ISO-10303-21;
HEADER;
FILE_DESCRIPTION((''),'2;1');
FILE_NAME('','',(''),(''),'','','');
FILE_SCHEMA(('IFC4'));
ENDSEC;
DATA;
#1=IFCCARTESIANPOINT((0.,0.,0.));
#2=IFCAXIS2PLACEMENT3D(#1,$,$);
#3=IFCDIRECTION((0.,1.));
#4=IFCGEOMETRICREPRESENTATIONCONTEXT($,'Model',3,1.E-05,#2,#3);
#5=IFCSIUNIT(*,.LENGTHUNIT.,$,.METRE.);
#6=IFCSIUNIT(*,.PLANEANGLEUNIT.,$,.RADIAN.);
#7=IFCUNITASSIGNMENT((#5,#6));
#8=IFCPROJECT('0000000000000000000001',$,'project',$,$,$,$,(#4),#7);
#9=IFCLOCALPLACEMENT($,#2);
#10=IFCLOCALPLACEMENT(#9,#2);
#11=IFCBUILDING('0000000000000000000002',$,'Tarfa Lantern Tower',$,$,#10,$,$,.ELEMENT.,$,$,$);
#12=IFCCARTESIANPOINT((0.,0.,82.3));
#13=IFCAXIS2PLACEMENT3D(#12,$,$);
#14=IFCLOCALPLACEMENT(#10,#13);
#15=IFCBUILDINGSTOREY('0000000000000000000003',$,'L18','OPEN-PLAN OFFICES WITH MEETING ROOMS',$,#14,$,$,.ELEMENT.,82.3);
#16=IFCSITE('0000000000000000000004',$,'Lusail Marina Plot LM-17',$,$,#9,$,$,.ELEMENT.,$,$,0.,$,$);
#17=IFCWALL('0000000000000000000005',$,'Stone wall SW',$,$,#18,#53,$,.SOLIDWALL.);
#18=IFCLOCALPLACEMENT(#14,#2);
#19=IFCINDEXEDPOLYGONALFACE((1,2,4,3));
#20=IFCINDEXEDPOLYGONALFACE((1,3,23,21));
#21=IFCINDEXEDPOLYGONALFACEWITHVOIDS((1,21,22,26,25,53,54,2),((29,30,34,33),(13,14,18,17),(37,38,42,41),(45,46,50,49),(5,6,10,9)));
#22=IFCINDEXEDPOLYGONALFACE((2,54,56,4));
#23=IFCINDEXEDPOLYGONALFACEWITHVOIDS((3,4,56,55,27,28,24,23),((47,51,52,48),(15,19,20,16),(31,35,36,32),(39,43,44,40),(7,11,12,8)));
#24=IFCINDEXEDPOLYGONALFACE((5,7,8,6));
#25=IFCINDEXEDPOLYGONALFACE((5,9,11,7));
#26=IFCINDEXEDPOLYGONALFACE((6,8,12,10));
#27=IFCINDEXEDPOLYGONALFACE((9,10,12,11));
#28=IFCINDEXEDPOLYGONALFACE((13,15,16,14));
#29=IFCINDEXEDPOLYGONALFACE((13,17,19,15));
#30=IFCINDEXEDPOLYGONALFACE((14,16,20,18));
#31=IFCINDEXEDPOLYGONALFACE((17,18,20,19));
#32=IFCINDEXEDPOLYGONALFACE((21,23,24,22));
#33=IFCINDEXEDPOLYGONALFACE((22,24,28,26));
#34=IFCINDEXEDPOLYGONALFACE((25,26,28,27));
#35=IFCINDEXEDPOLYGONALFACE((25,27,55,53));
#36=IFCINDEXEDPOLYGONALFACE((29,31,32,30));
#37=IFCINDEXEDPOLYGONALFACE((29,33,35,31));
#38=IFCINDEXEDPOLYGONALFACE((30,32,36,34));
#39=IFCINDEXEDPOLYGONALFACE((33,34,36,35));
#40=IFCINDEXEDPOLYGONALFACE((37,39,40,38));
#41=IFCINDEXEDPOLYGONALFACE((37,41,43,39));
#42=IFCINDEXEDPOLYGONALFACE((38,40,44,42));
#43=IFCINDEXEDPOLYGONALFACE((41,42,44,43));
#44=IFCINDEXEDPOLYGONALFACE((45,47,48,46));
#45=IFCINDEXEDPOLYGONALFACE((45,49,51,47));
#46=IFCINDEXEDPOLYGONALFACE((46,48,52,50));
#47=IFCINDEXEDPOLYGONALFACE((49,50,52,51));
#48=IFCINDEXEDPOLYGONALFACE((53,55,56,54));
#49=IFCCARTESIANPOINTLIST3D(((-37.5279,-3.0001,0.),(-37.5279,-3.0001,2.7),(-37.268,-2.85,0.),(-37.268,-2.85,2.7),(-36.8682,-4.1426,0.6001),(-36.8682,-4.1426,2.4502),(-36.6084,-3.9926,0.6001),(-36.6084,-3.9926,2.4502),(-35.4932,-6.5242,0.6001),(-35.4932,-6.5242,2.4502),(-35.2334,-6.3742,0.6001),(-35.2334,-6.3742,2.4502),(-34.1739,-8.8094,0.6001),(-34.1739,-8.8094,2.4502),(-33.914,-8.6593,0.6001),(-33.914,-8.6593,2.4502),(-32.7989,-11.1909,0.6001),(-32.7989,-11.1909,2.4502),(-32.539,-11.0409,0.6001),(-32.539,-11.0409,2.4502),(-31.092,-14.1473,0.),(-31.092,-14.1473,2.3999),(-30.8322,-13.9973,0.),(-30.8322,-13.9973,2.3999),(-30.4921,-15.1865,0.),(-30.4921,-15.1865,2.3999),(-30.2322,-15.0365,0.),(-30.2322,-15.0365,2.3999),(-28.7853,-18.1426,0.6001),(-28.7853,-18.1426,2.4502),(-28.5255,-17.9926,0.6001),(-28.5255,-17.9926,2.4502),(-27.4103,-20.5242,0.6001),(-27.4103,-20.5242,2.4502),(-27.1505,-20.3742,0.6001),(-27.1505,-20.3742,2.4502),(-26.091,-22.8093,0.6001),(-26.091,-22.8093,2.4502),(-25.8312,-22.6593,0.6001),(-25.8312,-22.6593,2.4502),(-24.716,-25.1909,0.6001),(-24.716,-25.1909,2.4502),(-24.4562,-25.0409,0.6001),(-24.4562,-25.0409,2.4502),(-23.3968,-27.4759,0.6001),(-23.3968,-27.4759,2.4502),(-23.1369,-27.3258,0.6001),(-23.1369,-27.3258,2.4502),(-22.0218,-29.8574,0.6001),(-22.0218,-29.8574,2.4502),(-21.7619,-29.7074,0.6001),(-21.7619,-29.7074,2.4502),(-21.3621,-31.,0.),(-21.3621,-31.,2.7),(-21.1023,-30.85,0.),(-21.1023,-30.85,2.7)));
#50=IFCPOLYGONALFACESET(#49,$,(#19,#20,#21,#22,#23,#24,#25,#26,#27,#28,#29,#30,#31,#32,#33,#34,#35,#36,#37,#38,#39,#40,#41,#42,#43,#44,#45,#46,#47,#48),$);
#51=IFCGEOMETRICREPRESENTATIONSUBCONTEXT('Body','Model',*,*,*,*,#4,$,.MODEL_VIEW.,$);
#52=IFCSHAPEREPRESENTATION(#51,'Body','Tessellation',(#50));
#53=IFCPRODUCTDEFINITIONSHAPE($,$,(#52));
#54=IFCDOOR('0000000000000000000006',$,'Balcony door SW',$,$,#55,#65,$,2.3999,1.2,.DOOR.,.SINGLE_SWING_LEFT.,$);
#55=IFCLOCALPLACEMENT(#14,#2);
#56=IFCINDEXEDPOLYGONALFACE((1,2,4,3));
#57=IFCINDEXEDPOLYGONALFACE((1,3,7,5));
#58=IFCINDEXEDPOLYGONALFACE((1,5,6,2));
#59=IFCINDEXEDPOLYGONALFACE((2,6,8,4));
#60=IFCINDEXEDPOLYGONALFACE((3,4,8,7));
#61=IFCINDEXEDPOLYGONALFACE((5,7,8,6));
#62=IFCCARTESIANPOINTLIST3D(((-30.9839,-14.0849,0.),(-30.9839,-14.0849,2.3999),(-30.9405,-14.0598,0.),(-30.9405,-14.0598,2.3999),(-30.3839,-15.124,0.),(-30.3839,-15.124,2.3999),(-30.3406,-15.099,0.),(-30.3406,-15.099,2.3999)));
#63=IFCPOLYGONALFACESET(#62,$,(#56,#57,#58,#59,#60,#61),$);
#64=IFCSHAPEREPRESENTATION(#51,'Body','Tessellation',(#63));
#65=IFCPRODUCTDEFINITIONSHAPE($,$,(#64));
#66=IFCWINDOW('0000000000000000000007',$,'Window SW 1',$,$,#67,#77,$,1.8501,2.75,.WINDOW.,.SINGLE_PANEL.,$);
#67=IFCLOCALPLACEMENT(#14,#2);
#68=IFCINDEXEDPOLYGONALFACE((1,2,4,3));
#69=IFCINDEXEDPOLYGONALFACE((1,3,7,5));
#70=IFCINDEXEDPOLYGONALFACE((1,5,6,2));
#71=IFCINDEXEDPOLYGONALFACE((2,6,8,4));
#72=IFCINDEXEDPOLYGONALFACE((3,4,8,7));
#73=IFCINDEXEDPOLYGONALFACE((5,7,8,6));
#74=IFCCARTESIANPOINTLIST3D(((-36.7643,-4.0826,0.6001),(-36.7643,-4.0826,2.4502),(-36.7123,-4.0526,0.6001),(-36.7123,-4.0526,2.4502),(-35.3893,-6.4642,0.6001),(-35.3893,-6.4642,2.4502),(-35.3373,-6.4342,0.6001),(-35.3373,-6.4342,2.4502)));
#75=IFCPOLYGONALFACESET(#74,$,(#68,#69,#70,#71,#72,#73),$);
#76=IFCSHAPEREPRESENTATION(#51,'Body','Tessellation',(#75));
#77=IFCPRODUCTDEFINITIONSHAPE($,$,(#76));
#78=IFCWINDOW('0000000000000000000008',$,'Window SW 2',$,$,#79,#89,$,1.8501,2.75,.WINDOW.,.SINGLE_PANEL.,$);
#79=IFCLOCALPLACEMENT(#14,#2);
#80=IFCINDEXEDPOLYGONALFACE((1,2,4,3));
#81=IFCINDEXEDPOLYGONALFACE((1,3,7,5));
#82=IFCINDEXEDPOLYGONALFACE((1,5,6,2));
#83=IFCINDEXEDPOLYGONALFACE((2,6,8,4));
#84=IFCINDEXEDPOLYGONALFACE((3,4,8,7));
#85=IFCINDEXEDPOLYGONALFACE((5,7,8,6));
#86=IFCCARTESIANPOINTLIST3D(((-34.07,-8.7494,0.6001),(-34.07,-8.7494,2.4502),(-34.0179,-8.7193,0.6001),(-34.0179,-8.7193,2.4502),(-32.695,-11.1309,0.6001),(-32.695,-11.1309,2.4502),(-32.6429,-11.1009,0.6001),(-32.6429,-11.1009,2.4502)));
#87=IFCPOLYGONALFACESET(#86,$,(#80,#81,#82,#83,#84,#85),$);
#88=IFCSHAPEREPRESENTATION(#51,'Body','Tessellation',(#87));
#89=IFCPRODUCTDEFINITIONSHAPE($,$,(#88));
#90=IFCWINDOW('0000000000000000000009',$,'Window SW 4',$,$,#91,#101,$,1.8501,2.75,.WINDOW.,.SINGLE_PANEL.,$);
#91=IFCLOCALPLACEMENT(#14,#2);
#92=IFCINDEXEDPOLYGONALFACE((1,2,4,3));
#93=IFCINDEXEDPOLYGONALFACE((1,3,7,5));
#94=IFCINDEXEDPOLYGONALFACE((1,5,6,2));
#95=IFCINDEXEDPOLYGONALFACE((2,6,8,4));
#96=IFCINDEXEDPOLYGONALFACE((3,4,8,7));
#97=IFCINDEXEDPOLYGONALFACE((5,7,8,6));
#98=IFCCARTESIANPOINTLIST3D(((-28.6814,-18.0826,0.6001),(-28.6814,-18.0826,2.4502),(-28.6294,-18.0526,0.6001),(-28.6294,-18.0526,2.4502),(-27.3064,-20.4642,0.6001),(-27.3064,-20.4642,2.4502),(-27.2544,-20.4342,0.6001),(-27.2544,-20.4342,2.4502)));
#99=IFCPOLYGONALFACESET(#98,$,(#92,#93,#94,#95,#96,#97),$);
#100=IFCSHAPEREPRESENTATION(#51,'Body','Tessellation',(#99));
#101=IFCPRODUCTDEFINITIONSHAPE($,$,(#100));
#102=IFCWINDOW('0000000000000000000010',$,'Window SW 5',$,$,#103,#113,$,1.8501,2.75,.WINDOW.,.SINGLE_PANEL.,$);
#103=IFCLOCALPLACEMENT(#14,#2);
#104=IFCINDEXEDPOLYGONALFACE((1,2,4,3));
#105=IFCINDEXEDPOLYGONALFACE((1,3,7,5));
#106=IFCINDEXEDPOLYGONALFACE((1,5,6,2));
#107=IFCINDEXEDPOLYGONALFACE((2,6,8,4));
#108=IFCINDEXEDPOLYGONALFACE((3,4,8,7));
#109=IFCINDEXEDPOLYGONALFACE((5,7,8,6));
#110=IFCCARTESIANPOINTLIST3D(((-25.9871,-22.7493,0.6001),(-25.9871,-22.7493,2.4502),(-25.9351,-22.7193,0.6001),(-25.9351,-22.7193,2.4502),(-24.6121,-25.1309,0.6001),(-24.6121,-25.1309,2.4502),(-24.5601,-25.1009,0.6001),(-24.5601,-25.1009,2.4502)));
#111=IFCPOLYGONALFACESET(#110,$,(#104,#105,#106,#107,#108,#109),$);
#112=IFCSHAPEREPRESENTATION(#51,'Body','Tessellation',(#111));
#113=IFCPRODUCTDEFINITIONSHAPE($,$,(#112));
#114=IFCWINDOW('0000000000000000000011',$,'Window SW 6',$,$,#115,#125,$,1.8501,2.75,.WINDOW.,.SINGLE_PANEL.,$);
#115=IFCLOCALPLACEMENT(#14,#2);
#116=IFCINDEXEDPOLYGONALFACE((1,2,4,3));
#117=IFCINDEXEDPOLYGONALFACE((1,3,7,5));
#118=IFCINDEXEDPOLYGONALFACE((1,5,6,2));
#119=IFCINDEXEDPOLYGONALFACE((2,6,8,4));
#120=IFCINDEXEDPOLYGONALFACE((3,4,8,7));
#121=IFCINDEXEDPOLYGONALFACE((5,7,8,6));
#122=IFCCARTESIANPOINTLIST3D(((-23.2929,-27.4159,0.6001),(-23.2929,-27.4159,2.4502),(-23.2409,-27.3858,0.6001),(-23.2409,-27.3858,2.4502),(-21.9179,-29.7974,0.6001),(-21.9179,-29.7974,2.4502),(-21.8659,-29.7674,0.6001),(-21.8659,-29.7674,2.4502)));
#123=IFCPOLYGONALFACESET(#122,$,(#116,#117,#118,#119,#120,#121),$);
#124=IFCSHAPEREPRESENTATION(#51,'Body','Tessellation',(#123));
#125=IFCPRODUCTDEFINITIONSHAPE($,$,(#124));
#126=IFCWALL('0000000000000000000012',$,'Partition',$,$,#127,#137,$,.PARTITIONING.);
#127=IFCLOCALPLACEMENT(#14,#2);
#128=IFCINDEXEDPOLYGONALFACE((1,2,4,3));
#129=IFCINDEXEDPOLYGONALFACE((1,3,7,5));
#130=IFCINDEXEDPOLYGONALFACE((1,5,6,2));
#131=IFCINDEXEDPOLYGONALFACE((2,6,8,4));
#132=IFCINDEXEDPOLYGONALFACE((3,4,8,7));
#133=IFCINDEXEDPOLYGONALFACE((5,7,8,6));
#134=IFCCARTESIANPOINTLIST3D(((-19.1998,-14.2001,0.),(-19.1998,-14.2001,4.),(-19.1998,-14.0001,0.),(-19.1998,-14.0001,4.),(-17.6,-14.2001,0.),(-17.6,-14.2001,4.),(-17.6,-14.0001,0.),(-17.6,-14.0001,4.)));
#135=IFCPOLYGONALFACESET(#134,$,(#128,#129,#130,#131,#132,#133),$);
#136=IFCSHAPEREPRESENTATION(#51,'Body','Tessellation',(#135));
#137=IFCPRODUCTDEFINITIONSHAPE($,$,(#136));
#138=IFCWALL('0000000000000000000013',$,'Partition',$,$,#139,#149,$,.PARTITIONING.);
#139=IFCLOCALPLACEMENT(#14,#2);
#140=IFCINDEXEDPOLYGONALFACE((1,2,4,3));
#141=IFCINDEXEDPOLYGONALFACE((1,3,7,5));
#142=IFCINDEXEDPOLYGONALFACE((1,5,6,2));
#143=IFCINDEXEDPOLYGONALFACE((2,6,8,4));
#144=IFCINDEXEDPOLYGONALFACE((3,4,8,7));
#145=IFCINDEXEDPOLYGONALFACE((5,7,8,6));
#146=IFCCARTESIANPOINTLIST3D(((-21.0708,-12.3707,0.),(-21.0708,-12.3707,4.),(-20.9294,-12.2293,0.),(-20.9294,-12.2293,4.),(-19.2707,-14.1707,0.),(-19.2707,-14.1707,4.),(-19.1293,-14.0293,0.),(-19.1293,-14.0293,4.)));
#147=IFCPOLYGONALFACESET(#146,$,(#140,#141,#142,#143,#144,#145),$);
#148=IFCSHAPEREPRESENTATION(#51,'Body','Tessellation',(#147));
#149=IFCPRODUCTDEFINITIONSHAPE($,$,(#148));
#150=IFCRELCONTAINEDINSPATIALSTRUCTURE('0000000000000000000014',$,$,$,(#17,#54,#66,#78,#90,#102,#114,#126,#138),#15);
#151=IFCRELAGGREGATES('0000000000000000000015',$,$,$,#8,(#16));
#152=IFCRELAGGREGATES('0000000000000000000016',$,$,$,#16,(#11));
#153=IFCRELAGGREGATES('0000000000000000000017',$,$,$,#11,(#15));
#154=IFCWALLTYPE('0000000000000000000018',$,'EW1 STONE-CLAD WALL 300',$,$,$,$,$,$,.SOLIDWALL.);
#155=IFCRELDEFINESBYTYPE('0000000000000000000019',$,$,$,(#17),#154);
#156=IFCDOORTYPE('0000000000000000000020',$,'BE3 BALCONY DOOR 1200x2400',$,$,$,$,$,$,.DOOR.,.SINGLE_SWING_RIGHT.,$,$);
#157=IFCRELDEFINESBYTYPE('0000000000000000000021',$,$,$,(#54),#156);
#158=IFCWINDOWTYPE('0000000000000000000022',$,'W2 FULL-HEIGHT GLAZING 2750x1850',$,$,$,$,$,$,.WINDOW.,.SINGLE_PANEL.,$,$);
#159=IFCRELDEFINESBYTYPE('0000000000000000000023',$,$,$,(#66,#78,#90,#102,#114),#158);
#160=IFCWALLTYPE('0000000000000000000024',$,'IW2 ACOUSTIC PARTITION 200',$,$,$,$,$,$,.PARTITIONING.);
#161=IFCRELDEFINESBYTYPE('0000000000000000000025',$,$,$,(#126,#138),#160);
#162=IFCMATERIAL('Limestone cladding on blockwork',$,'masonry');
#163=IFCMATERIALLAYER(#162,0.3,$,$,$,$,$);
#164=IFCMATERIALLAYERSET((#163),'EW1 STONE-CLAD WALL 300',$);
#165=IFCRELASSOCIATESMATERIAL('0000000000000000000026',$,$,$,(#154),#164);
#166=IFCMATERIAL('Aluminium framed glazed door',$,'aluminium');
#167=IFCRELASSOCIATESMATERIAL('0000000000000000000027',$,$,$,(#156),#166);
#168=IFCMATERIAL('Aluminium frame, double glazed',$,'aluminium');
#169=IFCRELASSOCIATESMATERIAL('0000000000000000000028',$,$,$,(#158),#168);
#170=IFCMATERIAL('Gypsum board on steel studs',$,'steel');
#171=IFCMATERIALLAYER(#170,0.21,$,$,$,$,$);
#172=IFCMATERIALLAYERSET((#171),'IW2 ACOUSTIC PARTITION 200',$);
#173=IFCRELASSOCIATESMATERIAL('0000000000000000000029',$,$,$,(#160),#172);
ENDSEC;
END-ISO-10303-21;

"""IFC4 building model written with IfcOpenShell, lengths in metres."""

from ifc_helpers import new_model, si_unit, direction, frame, frame_2d, origin, place, context, subcontext, project, spatial, rectangle, extrude, material, layer, layer_set, type_object, element, fill, save


model = new_model("IFC4")

# Units and contexts
model_context = context("Model", 3, precision=1e-05, world=origin(), true_north=direction((0.0, 1.0)))
body_context = subcontext(model_context, "Body", "Model", "MODEL_VIEW")
ifc_project = project(units=[si_unit("LENGTHUNIT", "METRE"), si_unit("PLANEANGLEUNIT", "RADIAN")], contexts=[model_context])

# Site, building, storey
site_placement = place(None, origin())
site = spatial("IfcSite", under=ifc_project, at=site_placement, Name="Lusail Marina Plot LM-17", CompositionType="ELEMENT", RefElevation=0.0)
building_placement = place(site_placement, origin())
building = spatial("IfcBuilding", under=site, at=building_placement, Name="Tarfa Lantern Tower", CompositionType="ELEMENT")
storey_placement = place(building_placement, frame((0.0, 0.0, 82.3)))
storey = spatial("IfcBuildingStorey", under=building, at=storey_placement, Name="L18", Description="OPEN-PLAN OFFICES WITH MEETING ROOMS", CompositionType="ELEMENT", Elevation=82.3)

# Wall, openings, door, windows
ifc_material_1 = material(Name="Limestone cladding on blockwork", Category="masonry")
ifc_layer_1 = layer(ifc_material_1, 0.3)
ifc_layer_set_1 = layer_set([ifc_layer_1], Name="EW1 STONE-CLAD WALL 300")
wall_type_1 = type_object("IfcWallType", Name="EW1 STONE-CLAD WALL 300", PredefinedType="SOLIDWALL", material=ifc_layer_set_1)
wall_1_placement = place(storey_placement, frame((-37.3979, -2.925, 0.0), z_axis=(0.0, 0.0, 1.0), x_axis=(0.499999, -0.866026, 0.0)))
wall_1 = element("IfcWall", 1, at=wall_1_placement, inside=storey, type_object=wall_type_1, Name="Stone wall SW", PredefinedType="SOLIDWALL", context=body_context, shape_type="SweptSolid", body=[
    extrude(rectangle(XDim=32.3315, YDim=0.3, at=frame_2d((16.1658, 0.0))), origin(), (0.0, 0.0, 1.0), 2.7),
])
opening_1_placement = place(wall_1_placement, frame((1.3193, 0.0, 0.6001)))
opening_1 = element("IfcOpeningElement", 2, at=opening_1_placement, cuts=wall_1, PredefinedType="OPENING", context=body_context, shape_type="SweptSolid", body=[
    extrude(rectangle(XDim=2.75, YDim=1.8501, at=frame_2d((1.375, 0.925))), frame((0.0, 0.1599, 0.0), z_axis=(0.0, -1.0, 0.0), x_axis=(1.0, 0.0, 0.0)), (0.0, 0.0, 1.0), 0.3201),
])
opening_2_placement = place(wall_1_placement, frame((6.708, 0.0, 0.6001)))
opening_2 = element("IfcOpeningElement", 3, at=opening_2_placement, cuts=wall_1, PredefinedType="OPENING", context=body_context, shape_type="SweptSolid", body=[
    extrude(rectangle(XDim=2.75, YDim=1.8501, at=frame_2d((1.375, 0.925))), frame((0.0, 0.1599, 0.0), z_axis=(0.0, -1.0, 0.0), x_axis=(1.0, 0.0, 0.0)), (0.0, 0.0, 1.0), 0.3201),
])
opening_3_placement = place(wall_1_placement, frame((12.8716, 0.0, 0.0)))
opening_3 = element("IfcOpeningElement", 4, at=opening_3_placement, cuts=wall_1, PredefinedType="OPENING", context=body_context, shape_type="SweptSolid", body=[
    extrude(rectangle(XDim=1.2, YDim=2.3999, at=frame_2d((0.6001, 1.2))), frame((0.0, 0.1599, 0.0), z_axis=(0.0, -1.0, 0.0), x_axis=(1.0, 0.0, 0.0)), (0.0, 0.0, 1.0), 0.3201),
])
opening_4_placement = place(wall_1_placement, frame((17.4851, 0.0, 0.6001)))
opening_4 = element("IfcOpeningElement", 5, at=opening_4_placement, cuts=wall_1, PredefinedType="OPENING", context=body_context, shape_type="SweptSolid", body=[
    extrude(rectangle(XDim=2.75, YDim=1.8501, at=frame_2d((1.375, 0.925))), frame((0.0, 0.1599, 0.0), z_axis=(0.0, -1.0, 0.0), x_axis=(1.0, 0.0, 0.0)), (0.0, 0.0, 1.0), 0.3201),
])
opening_5_placement = place(wall_1_placement, frame((22.8738, 0.0, 0.6001)))
opening_5 = element("IfcOpeningElement", 6, at=opening_5_placement, cuts=wall_1, PredefinedType="OPENING", context=body_context, shape_type="SweptSolid", body=[
    extrude(rectangle(XDim=2.75, YDim=1.8501, at=frame_2d((1.375, 0.925))), frame((0.0, 0.1599, 0.0), z_axis=(0.0, -1.0, 0.0), x_axis=(1.0, 0.0, 0.0)), (0.0, 0.0, 1.0), 0.3201),
])
opening_6_placement = place(wall_1_placement, frame((28.2622, 0.0, 0.6001)))
opening_6 = element("IfcOpeningElement", 7, at=opening_6_placement, cuts=wall_1, PredefinedType="OPENING", context=body_context, shape_type="SweptSolid", body=[
    extrude(rectangle(XDim=2.75, YDim=1.8501, at=frame_2d((1.375, 0.925))), frame((0.0, 0.1599, 0.0), z_axis=(0.0, -1.0, 0.0), x_axis=(1.0, 0.0, 0.0)), (0.0, 0.0, 1.0), 0.3201),
])
ifc_material_2 = material(Name="Aluminium framed glazed door", Category="aluminium")
door_type_1 = type_object("IfcDoorType", Name="BE3 BALCONY DOOR 1200x2400", OperationType="SINGLE_SWING_RIGHT", PredefinedType="DOOR", material=ifc_material_2)
door_1_placement = place(opening_3_placement, origin())
door_1 = element("IfcDoor", 8, at=door_1_placement, inside=storey, type_object=door_type_1, Name="Balcony door SW", OperationType="SINGLE_SWING_LEFT", OverallHeight=2.3999, OverallWidth=1.2, PredefinedType="DOOR", context=body_context, shape_type="SweptSolid", body=[
    extrude(rectangle(XDim=1.2, YDim=2.3999, at=frame_2d((0.6001, 1.2))), frame((0.0, 0.0249, 0.0), z_axis=(0.0, -1.0, 0.0), x_axis=(1.0, 0.0, 0.0)), (0.0, 0.0, 1.0), 0.05),
])
fill(opening_3, door_1)
ifc_material_3 = material(Name="Aluminium frame, double glazed", Category="aluminium")
window_type = type_object("IfcWindowType", Name="W2 FULL-HEIGHT GLAZING 2750x1850", PartitioningType="SINGLE_PANEL", PredefinedType="WINDOW", material=ifc_material_3)
window_1_placement = place(opening_1_placement, origin())
window_1 = element("IfcWindow", 9, at=window_1_placement, inside=storey, type_object=window_type, Name="Window SW 1", OverallHeight=1.8501, OverallWidth=2.75, PartitioningType="SINGLE_PANEL", PredefinedType="WINDOW", context=body_context, shape_type="SweptSolid", body=[
    extrude(rectangle(XDim=2.75, YDim=1.8501, at=frame_2d((1.375, 0.925))), frame((0.0, 0.03, 0.0), z_axis=(0.0, -1.0, 0.0), x_axis=(1.0, 0.0, 0.0)), (0.0, 0.0, 1.0), 0.0601),
])
fill(opening_1, window_1)
window_2_placement = place(opening_2_placement, origin())
window_2 = element("IfcWindow", 10, at=window_2_placement, inside=storey, type_object=window_type, Name="Window SW 2", OverallHeight=1.8501, OverallWidth=2.75, PartitioningType="SINGLE_PANEL", PredefinedType="WINDOW", context=body_context, shape_type="SweptSolid", body=[
    extrude(rectangle(XDim=2.75, YDim=1.8501, at=frame_2d((1.375, 0.925))), frame((0.0, 0.03, 0.0), z_axis=(0.0, -1.0, 0.0), x_axis=(1.0, 0.0, 0.0)), (0.0, 0.0, 1.0), 0.0601),
])
fill(opening_2, window_2)
window_3_placement = place(opening_4_placement, origin())
window_3 = element("IfcWindow", 11, at=window_3_placement, inside=storey, type_object=window_type, Name="Window SW 4", OverallHeight=1.8501, OverallWidth=2.75, PartitioningType="SINGLE_PANEL", PredefinedType="WINDOW", context=body_context, shape_type="SweptSolid", body=[
    extrude(rectangle(XDim=2.75, YDim=1.8501, at=frame_2d((1.375, 0.925))), frame((0.0, 0.03, 0.0), z_axis=(0.0, -1.0, 0.0), x_axis=(1.0, 0.0, 0.0)), (0.0, 0.0, 1.0), 0.0601),
])
fill(opening_4, window_3)
window_4_placement = place(opening_5_placement, origin())
window_4 = element("IfcWindow", 12, at=window_4_placement, inside=storey, type_object=window_type, Name="Window SW 5", OverallHeight=1.8501, OverallWidth=2.75, PartitioningType="SINGLE_PANEL", PredefinedType="WINDOW", context=body_context, shape_type="SweptSolid", body=[
    extrude(rectangle(XDim=2.75, YDim=1.8501, at=frame_2d((1.375, 0.925))), frame((0.0, 0.03, 0.0), z_axis=(0.0, -1.0, 0.0), x_axis=(1.0, 0.0, 0.0)), (0.0, 0.0, 1.0), 0.0601),
])
fill(opening_5, window_4)
window_5_placement = place(opening_6_placement, origin())
window_5 = element("IfcWindow", 13, at=window_5_placement, inside=storey, type_object=window_type, Name="Window SW 6", OverallHeight=1.8501, OverallWidth=2.75, PartitioningType="SINGLE_PANEL", PredefinedType="WINDOW", context=body_context, shape_type="SweptSolid", body=[
    extrude(rectangle(XDim=2.75, YDim=1.8501, at=frame_2d((1.375, 0.925))), frame((0.0, 0.03, 0.0), z_axis=(0.0, -1.0, 0.0), x_axis=(1.0, 0.0, 0.0)), (0.0, 0.0, 1.0), 0.0601),
])
fill(opening_6, window_5)

# Walls
ifc_material_4 = material(Name="Gypsum board on steel studs", Category="steel")
ifc_layer_2 = layer(ifc_material_4, 0.21)
ifc_layer_set_2 = layer_set([ifc_layer_2], Name="IW2 ACOUSTIC PARTITION 200")
wall_type_2 = type_object("IfcWallType", Name="IW2 ACOUSTIC PARTITION 200", PredefinedType="PARTITIONING", material=ifc_layer_set_2)
wall_2_placement = place(storey_placement, frame((-17.6001, -14.1001, 0.0), z_axis=(0.0, 0.0, 1.0), x_axis=(-1.0, 0.0, 0.0)))
element("IfcWall", 14, at=wall_2_placement, inside=storey, type_object=wall_type_2, Name="Partition", PredefinedType="PARTITIONING", context=body_context, shape_type="SweptSolid", body=[
    extrude(rectangle(XDim=1.5999, YDim=0.2, at=frame_2d((0.7998, 0.0))), origin(), (0.0, 0.0, 1.0), 4.0),
])
wall_3_placement = place(storey_placement, frame((-19.2, -14.1001, 0.0), z_axis=(0.0, 0.0, 1.0), x_axis=(-0.707107, 0.707107, 0.0)))
element("IfcWall", 15, at=wall_3_placement, inside=storey, type_object=wall_type_2, Name="Partition", PredefinedType="PARTITIONING", context=body_context, shape_type="SweptSolid", body=[
    extrude(rectangle(XDim=2.5457, YDim=0.2, at=frame_2d((1.2729, 0.0))), origin(), (0.0, 0.0, 1.0), 4.0),
])

save(model, "model.ifc")
